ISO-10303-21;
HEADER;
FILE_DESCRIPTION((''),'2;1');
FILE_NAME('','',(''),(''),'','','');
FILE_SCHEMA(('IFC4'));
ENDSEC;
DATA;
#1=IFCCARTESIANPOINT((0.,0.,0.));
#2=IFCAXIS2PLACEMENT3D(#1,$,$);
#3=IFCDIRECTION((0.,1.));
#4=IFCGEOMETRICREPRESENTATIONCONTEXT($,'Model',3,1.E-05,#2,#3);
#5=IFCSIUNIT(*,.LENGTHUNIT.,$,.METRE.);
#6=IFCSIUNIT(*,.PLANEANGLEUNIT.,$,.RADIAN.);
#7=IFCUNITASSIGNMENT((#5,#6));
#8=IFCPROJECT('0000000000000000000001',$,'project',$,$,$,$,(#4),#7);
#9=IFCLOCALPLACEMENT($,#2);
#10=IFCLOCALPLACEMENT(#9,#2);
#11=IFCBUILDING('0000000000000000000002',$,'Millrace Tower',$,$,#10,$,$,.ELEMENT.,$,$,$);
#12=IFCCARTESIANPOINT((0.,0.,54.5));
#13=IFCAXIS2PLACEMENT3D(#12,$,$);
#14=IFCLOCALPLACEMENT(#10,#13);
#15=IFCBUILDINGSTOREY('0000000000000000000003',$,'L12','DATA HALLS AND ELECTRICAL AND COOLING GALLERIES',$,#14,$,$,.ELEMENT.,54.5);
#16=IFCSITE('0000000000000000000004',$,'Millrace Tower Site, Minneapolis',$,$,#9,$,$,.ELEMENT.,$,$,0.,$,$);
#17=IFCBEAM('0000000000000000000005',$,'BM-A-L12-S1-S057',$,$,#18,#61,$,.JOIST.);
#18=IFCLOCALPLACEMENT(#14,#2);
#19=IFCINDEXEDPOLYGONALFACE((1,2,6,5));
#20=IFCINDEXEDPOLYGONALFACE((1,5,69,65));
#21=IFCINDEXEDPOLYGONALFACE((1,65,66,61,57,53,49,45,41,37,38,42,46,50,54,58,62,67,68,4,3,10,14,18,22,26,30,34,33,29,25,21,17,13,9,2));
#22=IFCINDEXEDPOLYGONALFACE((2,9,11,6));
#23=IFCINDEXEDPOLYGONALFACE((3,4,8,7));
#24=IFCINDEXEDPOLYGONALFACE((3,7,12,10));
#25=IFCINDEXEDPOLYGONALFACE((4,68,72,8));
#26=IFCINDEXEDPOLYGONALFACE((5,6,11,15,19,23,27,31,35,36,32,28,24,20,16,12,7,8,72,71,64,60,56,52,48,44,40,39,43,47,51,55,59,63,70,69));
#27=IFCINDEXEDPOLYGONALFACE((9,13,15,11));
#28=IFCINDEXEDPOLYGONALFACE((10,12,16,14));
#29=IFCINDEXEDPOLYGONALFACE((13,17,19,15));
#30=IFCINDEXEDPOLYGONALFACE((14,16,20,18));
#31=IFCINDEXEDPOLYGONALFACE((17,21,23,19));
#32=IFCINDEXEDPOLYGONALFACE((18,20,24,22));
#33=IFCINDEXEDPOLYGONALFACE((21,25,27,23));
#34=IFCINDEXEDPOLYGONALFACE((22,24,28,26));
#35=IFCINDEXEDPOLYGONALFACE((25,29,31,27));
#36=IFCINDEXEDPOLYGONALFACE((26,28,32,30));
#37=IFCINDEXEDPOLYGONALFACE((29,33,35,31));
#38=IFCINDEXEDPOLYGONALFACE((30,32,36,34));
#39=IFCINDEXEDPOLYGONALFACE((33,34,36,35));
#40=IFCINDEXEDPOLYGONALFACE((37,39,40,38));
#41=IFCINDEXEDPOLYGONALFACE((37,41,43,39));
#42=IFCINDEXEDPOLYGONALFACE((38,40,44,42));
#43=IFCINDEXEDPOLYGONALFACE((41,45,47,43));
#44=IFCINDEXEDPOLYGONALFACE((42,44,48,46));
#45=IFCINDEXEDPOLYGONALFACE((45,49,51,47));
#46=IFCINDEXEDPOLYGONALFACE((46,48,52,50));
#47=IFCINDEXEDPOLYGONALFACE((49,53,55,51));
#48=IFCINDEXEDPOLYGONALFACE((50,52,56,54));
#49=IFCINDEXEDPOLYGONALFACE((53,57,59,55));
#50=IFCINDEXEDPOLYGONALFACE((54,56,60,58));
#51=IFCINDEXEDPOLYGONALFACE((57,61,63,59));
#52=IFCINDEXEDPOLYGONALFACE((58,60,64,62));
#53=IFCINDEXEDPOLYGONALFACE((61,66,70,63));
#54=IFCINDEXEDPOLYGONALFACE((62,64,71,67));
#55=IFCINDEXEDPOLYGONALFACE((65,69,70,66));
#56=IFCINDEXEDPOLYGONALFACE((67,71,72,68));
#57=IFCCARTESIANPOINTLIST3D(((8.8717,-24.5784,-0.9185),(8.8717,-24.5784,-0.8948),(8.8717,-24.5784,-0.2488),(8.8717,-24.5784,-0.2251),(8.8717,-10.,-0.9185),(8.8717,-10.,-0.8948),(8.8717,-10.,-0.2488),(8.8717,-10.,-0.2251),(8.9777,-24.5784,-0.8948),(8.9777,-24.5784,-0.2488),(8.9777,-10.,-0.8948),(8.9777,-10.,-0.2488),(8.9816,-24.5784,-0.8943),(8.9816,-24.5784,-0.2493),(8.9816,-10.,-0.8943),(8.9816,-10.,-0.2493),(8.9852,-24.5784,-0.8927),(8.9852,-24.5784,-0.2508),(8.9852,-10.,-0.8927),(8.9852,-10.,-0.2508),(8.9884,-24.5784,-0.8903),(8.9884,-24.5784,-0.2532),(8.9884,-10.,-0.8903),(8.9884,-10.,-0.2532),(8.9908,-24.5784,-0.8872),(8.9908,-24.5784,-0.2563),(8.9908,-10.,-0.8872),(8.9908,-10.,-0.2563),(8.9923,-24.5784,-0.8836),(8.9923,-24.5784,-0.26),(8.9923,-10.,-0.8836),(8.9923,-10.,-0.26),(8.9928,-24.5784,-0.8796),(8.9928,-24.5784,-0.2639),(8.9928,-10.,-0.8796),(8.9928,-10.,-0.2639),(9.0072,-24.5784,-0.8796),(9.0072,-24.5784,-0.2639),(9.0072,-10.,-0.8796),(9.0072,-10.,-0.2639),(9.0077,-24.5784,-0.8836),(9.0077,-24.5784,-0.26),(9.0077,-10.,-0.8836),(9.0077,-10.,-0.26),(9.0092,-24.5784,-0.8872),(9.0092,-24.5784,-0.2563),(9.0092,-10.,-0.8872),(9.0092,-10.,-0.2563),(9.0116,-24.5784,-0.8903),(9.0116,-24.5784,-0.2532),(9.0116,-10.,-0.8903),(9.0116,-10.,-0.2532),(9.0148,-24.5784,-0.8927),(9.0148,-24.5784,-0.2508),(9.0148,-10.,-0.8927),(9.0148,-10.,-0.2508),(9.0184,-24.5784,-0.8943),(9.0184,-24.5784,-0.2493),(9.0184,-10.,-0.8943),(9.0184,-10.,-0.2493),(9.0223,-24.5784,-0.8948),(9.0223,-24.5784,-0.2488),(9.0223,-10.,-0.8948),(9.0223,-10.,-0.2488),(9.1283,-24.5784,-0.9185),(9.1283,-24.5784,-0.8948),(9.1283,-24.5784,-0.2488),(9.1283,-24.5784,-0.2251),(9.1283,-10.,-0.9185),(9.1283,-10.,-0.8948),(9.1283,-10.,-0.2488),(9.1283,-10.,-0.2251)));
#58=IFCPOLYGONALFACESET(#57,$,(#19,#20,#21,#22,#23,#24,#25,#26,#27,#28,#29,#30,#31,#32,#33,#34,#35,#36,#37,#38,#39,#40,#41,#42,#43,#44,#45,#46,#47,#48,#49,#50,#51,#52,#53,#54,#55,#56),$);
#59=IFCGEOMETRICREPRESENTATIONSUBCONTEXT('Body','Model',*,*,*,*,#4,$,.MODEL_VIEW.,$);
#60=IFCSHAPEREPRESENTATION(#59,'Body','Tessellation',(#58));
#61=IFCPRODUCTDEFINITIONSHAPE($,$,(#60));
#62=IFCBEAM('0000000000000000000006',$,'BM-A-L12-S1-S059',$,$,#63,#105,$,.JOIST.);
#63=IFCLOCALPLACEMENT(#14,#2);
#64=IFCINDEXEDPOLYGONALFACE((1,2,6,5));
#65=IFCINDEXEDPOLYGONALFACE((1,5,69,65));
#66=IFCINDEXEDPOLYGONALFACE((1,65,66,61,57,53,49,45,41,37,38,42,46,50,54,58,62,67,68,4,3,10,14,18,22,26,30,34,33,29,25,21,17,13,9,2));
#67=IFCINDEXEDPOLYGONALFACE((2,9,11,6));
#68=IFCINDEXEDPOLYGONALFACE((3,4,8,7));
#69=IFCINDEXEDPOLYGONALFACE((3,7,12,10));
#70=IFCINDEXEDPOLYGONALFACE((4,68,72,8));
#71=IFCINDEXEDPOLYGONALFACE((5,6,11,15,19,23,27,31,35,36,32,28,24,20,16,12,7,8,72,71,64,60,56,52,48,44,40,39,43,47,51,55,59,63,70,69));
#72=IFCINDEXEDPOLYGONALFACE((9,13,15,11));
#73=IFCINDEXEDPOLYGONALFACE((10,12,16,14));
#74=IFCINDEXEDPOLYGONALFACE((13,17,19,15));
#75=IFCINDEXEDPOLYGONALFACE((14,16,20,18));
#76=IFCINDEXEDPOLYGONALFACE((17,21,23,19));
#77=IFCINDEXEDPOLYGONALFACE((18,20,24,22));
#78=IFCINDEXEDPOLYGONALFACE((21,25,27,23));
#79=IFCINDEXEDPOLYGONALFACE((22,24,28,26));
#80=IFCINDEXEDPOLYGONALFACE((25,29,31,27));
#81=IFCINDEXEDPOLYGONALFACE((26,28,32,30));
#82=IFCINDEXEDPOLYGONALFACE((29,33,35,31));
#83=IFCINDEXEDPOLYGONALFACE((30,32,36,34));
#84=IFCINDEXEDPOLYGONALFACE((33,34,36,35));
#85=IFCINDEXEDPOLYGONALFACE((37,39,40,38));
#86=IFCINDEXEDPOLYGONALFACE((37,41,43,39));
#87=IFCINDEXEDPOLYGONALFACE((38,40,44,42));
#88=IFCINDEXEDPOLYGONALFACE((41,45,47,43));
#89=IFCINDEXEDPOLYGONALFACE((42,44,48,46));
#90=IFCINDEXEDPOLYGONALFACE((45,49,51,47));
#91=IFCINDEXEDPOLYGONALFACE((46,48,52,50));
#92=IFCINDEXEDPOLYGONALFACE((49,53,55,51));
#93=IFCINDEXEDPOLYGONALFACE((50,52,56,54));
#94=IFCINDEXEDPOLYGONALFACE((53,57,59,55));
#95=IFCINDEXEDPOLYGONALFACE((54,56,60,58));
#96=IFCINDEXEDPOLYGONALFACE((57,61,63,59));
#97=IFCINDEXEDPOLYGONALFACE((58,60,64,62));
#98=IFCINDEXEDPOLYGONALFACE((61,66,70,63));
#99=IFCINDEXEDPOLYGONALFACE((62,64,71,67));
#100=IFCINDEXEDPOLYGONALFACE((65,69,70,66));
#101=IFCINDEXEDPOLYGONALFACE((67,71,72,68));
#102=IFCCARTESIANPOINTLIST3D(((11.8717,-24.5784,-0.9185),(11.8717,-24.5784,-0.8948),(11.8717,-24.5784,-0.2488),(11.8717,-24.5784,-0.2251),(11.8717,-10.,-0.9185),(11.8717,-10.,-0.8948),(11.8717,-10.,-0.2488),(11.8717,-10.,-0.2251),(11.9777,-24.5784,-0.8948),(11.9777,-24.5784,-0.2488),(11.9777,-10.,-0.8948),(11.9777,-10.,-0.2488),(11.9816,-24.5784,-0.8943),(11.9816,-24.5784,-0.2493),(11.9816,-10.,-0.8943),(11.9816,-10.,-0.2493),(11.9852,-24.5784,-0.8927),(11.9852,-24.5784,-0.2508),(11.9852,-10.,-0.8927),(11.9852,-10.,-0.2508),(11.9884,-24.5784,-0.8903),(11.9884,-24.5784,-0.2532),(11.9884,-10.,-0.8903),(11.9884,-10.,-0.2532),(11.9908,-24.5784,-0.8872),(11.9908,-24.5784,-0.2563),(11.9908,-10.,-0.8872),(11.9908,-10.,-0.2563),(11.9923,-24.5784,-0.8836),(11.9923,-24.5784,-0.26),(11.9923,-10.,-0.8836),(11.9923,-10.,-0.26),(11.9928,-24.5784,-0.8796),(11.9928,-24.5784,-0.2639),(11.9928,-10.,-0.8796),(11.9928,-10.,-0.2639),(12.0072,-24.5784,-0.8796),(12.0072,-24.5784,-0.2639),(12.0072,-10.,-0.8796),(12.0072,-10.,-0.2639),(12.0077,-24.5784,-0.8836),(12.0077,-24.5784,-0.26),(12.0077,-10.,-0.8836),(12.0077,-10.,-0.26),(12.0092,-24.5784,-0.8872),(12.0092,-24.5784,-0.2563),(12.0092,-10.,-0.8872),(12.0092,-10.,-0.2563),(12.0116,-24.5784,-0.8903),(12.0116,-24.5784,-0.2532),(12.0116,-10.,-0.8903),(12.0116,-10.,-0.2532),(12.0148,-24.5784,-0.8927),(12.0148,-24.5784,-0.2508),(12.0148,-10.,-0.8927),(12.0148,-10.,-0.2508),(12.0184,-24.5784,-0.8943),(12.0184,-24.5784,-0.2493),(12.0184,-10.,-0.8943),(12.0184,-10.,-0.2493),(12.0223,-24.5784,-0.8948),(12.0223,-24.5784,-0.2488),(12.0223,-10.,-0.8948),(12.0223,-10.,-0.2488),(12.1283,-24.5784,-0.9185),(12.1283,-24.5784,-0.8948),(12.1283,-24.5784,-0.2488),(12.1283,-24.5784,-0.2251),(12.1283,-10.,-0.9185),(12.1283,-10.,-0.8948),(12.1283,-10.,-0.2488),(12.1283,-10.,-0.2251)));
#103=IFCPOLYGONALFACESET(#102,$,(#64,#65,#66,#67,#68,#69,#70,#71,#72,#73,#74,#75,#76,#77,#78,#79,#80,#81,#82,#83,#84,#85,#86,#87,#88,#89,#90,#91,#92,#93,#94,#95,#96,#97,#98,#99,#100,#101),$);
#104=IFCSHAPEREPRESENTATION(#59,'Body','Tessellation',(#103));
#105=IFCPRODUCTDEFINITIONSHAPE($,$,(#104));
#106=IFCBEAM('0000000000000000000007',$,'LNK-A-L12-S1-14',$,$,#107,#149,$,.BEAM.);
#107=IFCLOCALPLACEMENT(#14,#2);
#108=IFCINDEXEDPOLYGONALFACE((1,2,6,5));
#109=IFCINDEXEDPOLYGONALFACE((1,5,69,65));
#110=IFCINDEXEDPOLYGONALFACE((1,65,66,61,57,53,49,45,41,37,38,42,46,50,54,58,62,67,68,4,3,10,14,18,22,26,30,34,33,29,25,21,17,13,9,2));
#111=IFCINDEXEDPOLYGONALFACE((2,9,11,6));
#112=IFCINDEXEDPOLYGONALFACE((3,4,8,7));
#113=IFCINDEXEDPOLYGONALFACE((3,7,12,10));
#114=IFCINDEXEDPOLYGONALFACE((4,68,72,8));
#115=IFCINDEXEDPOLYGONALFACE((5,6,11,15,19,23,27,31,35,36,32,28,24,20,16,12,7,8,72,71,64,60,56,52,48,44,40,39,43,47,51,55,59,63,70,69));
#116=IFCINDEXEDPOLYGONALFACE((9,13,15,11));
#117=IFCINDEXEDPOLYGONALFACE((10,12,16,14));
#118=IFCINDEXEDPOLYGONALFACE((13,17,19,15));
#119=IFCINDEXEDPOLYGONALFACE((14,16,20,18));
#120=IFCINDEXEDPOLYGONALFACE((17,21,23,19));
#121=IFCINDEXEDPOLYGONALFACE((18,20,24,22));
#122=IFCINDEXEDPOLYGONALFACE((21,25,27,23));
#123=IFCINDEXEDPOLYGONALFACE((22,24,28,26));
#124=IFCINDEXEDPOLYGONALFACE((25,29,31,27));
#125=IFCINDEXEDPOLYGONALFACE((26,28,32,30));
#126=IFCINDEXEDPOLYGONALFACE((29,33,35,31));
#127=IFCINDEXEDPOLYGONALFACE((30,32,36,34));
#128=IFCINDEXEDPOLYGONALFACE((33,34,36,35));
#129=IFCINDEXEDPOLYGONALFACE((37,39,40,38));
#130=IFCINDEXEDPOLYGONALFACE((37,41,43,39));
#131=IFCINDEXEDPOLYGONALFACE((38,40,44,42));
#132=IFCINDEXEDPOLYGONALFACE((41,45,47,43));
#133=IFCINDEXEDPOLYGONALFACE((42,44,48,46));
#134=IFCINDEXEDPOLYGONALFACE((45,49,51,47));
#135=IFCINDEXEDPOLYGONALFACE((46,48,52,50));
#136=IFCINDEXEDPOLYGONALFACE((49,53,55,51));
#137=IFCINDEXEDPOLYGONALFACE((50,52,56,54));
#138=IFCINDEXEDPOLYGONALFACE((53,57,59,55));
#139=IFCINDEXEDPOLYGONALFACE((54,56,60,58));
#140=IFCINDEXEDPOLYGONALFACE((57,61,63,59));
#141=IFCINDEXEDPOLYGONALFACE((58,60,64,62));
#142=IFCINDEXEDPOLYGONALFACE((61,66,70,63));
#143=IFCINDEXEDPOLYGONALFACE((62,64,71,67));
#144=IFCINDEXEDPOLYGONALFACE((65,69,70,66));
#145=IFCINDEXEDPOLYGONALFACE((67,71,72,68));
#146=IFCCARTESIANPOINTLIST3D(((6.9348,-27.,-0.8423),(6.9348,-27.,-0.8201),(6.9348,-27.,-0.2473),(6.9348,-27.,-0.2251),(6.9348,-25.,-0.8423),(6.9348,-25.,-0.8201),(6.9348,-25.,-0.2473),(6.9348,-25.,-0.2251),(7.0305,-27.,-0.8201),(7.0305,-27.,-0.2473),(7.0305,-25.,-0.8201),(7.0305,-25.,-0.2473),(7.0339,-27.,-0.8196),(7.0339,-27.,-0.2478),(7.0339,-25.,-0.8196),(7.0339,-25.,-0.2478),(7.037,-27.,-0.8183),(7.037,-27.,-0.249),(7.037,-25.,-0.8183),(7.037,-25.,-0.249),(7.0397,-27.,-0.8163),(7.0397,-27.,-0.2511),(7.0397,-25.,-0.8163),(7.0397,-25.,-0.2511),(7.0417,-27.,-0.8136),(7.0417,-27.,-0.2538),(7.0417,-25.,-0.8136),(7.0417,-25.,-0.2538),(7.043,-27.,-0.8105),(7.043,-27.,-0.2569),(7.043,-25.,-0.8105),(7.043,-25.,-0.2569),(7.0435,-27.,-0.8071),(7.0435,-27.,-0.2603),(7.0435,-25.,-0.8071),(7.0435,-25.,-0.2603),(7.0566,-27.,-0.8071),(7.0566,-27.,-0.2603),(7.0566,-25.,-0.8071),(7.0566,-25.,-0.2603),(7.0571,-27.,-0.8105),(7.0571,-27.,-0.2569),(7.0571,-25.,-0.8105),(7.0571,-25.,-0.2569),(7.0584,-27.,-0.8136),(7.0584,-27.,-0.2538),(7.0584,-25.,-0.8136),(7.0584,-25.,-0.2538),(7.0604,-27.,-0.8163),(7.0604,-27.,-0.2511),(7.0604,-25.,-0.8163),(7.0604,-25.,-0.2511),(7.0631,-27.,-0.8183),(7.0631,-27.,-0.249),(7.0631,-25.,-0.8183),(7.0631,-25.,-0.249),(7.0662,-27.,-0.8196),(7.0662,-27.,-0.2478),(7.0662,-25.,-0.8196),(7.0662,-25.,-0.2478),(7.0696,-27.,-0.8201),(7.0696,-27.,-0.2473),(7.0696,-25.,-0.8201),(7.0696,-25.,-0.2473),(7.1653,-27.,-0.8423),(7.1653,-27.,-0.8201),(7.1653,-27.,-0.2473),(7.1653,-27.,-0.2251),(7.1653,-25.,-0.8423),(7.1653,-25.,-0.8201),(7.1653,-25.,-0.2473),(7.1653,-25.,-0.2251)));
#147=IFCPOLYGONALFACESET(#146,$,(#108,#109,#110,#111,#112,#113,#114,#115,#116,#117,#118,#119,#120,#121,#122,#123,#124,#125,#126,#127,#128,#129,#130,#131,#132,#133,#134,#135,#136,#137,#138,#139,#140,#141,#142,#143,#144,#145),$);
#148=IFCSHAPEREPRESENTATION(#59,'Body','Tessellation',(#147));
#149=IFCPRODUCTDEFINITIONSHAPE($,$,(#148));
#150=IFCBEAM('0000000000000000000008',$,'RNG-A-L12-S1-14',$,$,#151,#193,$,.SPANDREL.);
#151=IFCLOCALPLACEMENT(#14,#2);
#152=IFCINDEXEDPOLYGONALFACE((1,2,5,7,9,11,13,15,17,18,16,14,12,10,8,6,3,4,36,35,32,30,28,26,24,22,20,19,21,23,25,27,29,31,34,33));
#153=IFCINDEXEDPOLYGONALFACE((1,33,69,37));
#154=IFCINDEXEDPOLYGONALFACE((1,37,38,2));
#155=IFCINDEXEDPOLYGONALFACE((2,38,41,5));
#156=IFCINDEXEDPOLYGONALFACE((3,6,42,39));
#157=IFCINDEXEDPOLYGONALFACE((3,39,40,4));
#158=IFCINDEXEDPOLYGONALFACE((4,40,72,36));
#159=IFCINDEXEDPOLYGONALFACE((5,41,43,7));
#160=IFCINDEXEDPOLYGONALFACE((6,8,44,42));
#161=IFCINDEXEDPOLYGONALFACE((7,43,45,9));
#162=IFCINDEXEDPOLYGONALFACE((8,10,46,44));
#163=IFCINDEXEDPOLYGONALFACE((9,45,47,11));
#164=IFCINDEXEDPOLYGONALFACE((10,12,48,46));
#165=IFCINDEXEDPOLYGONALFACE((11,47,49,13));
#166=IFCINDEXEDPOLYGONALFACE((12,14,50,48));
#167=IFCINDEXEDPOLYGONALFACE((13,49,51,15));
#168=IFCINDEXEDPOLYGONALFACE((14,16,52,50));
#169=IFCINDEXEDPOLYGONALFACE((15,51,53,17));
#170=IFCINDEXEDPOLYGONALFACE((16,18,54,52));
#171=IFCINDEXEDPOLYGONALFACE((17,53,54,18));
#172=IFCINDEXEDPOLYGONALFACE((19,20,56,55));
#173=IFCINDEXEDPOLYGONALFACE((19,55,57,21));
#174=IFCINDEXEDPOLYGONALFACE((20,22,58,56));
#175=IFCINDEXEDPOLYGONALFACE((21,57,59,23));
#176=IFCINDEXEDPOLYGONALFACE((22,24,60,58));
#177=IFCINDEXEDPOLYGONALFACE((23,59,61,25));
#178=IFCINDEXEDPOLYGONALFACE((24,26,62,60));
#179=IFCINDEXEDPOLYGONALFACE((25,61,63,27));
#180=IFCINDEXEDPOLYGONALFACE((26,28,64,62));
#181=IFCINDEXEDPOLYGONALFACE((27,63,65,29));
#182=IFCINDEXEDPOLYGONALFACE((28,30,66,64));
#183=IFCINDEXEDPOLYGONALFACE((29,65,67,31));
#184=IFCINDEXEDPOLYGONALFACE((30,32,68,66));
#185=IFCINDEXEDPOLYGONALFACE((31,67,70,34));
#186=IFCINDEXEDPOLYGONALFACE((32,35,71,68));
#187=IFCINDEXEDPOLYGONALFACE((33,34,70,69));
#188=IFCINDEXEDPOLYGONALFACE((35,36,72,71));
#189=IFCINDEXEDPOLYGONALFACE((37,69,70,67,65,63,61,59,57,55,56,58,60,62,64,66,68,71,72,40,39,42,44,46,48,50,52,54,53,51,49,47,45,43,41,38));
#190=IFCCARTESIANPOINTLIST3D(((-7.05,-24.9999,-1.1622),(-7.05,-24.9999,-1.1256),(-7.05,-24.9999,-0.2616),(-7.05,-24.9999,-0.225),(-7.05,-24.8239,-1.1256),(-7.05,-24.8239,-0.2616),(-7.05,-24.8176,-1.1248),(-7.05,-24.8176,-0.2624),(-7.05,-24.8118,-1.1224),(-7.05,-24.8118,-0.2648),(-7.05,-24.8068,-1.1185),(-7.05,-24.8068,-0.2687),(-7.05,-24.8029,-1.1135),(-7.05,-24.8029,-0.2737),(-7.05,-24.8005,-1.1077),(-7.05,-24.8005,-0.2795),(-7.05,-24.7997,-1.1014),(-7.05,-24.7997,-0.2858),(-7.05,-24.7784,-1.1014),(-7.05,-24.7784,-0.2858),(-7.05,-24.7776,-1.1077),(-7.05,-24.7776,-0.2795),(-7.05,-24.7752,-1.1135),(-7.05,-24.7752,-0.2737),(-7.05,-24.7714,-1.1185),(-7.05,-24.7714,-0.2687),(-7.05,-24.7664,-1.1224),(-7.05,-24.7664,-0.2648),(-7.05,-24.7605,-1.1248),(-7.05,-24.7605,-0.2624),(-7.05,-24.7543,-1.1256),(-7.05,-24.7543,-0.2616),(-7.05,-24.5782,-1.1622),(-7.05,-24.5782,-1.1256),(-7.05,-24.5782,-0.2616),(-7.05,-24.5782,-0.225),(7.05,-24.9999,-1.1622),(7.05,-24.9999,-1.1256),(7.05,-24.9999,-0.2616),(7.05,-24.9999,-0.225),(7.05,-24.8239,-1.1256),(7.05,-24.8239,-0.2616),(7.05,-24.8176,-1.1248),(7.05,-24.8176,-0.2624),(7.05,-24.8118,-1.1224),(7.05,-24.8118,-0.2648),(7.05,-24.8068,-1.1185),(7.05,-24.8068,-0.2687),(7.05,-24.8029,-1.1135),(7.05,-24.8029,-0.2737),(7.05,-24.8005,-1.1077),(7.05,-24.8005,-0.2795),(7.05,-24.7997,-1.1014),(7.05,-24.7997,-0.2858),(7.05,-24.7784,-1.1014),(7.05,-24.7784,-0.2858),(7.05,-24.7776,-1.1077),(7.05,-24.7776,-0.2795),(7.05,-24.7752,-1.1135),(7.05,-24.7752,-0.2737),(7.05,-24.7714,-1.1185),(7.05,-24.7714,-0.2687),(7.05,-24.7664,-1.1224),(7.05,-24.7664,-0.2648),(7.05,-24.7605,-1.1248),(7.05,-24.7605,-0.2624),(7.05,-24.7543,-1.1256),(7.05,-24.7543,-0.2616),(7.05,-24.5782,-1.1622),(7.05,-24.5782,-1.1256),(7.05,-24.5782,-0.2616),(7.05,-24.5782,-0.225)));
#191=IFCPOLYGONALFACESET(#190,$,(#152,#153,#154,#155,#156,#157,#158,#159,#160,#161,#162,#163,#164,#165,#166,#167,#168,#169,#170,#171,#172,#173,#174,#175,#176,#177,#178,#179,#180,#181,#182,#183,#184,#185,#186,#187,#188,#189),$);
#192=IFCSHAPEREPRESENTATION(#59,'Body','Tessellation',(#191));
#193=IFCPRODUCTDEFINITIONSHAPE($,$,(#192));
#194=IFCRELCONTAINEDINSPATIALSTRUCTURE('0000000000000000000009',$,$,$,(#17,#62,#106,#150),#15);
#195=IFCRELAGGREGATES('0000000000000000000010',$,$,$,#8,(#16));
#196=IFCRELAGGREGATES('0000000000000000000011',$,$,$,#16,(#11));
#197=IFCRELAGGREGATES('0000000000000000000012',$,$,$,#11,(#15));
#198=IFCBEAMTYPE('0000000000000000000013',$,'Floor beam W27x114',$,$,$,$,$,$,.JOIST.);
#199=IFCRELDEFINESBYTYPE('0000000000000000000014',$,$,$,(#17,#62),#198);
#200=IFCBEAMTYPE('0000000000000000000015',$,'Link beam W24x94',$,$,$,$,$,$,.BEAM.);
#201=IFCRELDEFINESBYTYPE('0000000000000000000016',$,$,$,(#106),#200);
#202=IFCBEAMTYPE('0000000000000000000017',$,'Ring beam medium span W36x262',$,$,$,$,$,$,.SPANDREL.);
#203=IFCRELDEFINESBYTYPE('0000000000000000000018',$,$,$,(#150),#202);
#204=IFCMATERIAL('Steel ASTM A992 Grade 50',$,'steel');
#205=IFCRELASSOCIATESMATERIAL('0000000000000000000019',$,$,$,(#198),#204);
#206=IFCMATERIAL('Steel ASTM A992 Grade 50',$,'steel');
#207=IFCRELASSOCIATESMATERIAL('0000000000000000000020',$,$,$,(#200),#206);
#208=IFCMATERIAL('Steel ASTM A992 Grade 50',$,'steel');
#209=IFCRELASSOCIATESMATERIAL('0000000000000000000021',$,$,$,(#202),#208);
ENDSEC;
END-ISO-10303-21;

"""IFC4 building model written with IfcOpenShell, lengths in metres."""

from ifc_helpers import new_model, si_unit, direction, frame, origin, origin_2d, place, context, subcontext, project, spatial, i_section, extrude, material, material_profile, profile_set, type_object, element, save


model = new_model("IFC4")

# Units and contexts
model_context = context("Model", 3, precision=1e-05, world=origin(), true_north=direction((0.0, 1.0)))
body_context = subcontext(model_context, "Body", "Model", "MODEL_VIEW")
ifc_project = project(units=[si_unit("LENGTHUNIT", "METRE"), si_unit("PLANEANGLEUNIT", "RADIAN")], contexts=[model_context])

# Site, building, storey
site_placement = place(None, origin())
site = spatial("IfcSite", under=ifc_project, at=site_placement, Name="Millrace Tower Site, Minneapolis", CompositionType="ELEMENT", RefElevation=0.0)
building_placement = place(site_placement, origin())
building = spatial("IfcBuilding", under=site, at=building_placement, Name="Millrace Tower", CompositionType="ELEMENT")
storey_placement = place(building_placement, frame((0.0, 0.0, 54.5)))
storey = spatial("IfcBuildingStorey", under=building, at=storey_placement, Name="L12", Description="DATA HALLS AND ELECTRICAL AND COOLING GALLERIES", CompositionType="ELEMENT", Elevation=54.5)

# Beams
ifc_material_1 = material(Name="Steel ASTM A992 Grade 50", Category="steel")
ifc_material_profile_1 = material_profile(ifc_material_1, i_section(OverallWidth=0.2566, OverallDepth=0.6934, WebThickness=0.0144, FlangeThickness=0.0237, FilletRadius=0.0151, at=origin_2d()))
ifc_profile_set_1 = profile_set([ifc_material_profile_1], Name="Steel ASTM A992 Grade 50")
beam_type_1 = type_object("IfcBeamType", Name="Floor beam W27x114", PredefinedType="JOIST", material=ifc_profile_set_1)
for number, where, z_axis, x_axis, name in (
    (1, (9.0, -24.5784, -0.5718), (0.0, 1.0, 0.0), (-1.0, 0.0, 0.0), "BM-A-L12-S1-S057"),
    (2, (12.0, -24.5784, -0.5718), (0.0, 1.0, 0.0), (-1.0, 0.0, 0.0), "BM-A-L12-S1-S059"),
):
    element("IfcBeam", number, at=place(storey_placement, frame(where, z_axis=z_axis, x_axis=x_axis)), inside=storey, type_object=beam_type_1, Name=name, PredefinedType="JOIST", context=body_context, shape_type="SweptSolid", body=[
        extrude(i_section(OverallWidth=0.2566, OverallDepth=0.6934, WebThickness=0.0144, FlangeThickness=0.0237, FilletRadius=0.0151, at=origin_2d()), origin(), (0.0, 0.0, 1.0), 14.5784),
    ])
ifc_material_2 = material(Name="Steel ASTM A992 Grade 50", Category="steel")
ifc_material_profile_2 = material_profile(ifc_material_2, i_section(OverallWidth=0.2305, OverallDepth=0.6172, WebThickness=0.0132, FlangeThickness=0.0222, FilletRadius=0.0129, at=origin_2d()))
ifc_profile_set_2 = profile_set([ifc_material_profile_2], Name="Steel ASTM A992 Grade 50")
beam_type_2 = type_object("IfcBeamType", Name="Link beam W24x94", PredefinedType="BEAM", material=ifc_profile_set_2)
beam_1_placement = place(storey_placement, frame((7.05, -25.0, -0.5337), z_axis=(0.0, -1.0, 0.0), x_axis=(1.0, 0.0, 0.0)))
element("IfcBeam", 3, at=beam_1_placement, inside=storey, type_object=beam_type_2, Name="LNK-A-L12-S1-14", PredefinedType="BEAM", context=body_context, shape_type="SweptSolid", body=[
    extrude(i_section(OverallWidth=0.2305, OverallDepth=0.6172, WebThickness=0.0132, FlangeThickness=0.0222, FilletRadius=0.0129, at=origin_2d()), origin(), (0.0, 0.0, 1.0), 2.0),
])
ifc_material_3 = material(Name="Steel ASTM A992 Grade 50", Category="steel")
ifc_material_profile_3 = material_profile(ifc_material_3, i_section(OverallWidth=0.4216, OverallDepth=0.9373, WebThickness=0.0212, FlangeThickness=0.0366, FilletRadius=0.0242, at=origin_2d()))
ifc_profile_set_3 = profile_set([ifc_material_profile_3], Name="Steel ASTM A992 Grade 50")
beam_type_3 = type_object("IfcBeamType", Name="Ring beam medium span W36x262", PredefinedType="SPANDREL", material=ifc_profile_set_3)
beam_2_placement = place(storey_placement, frame((7.05, -24.7891, -0.6936), z_axis=(-1.0, 0.0, 0.0), x_axis=(0.0, -1.0, 0.0)))
element("IfcBeam", 4, at=beam_2_placement, inside=storey, type_object=beam_type_3, Name="RNG-A-L12-S1-14", PredefinedType="SPANDREL", context=body_context, shape_type="SweptSolid", body=[
    extrude(i_section(OverallWidth=0.4216, OverallDepth=0.9373, WebThickness=0.0212, FlangeThickness=0.0366, FilletRadius=0.0242, at=origin_2d()), origin(), (0.0, 0.0, 1.0), 14.1001),
])

save(model, "model.ifc")
